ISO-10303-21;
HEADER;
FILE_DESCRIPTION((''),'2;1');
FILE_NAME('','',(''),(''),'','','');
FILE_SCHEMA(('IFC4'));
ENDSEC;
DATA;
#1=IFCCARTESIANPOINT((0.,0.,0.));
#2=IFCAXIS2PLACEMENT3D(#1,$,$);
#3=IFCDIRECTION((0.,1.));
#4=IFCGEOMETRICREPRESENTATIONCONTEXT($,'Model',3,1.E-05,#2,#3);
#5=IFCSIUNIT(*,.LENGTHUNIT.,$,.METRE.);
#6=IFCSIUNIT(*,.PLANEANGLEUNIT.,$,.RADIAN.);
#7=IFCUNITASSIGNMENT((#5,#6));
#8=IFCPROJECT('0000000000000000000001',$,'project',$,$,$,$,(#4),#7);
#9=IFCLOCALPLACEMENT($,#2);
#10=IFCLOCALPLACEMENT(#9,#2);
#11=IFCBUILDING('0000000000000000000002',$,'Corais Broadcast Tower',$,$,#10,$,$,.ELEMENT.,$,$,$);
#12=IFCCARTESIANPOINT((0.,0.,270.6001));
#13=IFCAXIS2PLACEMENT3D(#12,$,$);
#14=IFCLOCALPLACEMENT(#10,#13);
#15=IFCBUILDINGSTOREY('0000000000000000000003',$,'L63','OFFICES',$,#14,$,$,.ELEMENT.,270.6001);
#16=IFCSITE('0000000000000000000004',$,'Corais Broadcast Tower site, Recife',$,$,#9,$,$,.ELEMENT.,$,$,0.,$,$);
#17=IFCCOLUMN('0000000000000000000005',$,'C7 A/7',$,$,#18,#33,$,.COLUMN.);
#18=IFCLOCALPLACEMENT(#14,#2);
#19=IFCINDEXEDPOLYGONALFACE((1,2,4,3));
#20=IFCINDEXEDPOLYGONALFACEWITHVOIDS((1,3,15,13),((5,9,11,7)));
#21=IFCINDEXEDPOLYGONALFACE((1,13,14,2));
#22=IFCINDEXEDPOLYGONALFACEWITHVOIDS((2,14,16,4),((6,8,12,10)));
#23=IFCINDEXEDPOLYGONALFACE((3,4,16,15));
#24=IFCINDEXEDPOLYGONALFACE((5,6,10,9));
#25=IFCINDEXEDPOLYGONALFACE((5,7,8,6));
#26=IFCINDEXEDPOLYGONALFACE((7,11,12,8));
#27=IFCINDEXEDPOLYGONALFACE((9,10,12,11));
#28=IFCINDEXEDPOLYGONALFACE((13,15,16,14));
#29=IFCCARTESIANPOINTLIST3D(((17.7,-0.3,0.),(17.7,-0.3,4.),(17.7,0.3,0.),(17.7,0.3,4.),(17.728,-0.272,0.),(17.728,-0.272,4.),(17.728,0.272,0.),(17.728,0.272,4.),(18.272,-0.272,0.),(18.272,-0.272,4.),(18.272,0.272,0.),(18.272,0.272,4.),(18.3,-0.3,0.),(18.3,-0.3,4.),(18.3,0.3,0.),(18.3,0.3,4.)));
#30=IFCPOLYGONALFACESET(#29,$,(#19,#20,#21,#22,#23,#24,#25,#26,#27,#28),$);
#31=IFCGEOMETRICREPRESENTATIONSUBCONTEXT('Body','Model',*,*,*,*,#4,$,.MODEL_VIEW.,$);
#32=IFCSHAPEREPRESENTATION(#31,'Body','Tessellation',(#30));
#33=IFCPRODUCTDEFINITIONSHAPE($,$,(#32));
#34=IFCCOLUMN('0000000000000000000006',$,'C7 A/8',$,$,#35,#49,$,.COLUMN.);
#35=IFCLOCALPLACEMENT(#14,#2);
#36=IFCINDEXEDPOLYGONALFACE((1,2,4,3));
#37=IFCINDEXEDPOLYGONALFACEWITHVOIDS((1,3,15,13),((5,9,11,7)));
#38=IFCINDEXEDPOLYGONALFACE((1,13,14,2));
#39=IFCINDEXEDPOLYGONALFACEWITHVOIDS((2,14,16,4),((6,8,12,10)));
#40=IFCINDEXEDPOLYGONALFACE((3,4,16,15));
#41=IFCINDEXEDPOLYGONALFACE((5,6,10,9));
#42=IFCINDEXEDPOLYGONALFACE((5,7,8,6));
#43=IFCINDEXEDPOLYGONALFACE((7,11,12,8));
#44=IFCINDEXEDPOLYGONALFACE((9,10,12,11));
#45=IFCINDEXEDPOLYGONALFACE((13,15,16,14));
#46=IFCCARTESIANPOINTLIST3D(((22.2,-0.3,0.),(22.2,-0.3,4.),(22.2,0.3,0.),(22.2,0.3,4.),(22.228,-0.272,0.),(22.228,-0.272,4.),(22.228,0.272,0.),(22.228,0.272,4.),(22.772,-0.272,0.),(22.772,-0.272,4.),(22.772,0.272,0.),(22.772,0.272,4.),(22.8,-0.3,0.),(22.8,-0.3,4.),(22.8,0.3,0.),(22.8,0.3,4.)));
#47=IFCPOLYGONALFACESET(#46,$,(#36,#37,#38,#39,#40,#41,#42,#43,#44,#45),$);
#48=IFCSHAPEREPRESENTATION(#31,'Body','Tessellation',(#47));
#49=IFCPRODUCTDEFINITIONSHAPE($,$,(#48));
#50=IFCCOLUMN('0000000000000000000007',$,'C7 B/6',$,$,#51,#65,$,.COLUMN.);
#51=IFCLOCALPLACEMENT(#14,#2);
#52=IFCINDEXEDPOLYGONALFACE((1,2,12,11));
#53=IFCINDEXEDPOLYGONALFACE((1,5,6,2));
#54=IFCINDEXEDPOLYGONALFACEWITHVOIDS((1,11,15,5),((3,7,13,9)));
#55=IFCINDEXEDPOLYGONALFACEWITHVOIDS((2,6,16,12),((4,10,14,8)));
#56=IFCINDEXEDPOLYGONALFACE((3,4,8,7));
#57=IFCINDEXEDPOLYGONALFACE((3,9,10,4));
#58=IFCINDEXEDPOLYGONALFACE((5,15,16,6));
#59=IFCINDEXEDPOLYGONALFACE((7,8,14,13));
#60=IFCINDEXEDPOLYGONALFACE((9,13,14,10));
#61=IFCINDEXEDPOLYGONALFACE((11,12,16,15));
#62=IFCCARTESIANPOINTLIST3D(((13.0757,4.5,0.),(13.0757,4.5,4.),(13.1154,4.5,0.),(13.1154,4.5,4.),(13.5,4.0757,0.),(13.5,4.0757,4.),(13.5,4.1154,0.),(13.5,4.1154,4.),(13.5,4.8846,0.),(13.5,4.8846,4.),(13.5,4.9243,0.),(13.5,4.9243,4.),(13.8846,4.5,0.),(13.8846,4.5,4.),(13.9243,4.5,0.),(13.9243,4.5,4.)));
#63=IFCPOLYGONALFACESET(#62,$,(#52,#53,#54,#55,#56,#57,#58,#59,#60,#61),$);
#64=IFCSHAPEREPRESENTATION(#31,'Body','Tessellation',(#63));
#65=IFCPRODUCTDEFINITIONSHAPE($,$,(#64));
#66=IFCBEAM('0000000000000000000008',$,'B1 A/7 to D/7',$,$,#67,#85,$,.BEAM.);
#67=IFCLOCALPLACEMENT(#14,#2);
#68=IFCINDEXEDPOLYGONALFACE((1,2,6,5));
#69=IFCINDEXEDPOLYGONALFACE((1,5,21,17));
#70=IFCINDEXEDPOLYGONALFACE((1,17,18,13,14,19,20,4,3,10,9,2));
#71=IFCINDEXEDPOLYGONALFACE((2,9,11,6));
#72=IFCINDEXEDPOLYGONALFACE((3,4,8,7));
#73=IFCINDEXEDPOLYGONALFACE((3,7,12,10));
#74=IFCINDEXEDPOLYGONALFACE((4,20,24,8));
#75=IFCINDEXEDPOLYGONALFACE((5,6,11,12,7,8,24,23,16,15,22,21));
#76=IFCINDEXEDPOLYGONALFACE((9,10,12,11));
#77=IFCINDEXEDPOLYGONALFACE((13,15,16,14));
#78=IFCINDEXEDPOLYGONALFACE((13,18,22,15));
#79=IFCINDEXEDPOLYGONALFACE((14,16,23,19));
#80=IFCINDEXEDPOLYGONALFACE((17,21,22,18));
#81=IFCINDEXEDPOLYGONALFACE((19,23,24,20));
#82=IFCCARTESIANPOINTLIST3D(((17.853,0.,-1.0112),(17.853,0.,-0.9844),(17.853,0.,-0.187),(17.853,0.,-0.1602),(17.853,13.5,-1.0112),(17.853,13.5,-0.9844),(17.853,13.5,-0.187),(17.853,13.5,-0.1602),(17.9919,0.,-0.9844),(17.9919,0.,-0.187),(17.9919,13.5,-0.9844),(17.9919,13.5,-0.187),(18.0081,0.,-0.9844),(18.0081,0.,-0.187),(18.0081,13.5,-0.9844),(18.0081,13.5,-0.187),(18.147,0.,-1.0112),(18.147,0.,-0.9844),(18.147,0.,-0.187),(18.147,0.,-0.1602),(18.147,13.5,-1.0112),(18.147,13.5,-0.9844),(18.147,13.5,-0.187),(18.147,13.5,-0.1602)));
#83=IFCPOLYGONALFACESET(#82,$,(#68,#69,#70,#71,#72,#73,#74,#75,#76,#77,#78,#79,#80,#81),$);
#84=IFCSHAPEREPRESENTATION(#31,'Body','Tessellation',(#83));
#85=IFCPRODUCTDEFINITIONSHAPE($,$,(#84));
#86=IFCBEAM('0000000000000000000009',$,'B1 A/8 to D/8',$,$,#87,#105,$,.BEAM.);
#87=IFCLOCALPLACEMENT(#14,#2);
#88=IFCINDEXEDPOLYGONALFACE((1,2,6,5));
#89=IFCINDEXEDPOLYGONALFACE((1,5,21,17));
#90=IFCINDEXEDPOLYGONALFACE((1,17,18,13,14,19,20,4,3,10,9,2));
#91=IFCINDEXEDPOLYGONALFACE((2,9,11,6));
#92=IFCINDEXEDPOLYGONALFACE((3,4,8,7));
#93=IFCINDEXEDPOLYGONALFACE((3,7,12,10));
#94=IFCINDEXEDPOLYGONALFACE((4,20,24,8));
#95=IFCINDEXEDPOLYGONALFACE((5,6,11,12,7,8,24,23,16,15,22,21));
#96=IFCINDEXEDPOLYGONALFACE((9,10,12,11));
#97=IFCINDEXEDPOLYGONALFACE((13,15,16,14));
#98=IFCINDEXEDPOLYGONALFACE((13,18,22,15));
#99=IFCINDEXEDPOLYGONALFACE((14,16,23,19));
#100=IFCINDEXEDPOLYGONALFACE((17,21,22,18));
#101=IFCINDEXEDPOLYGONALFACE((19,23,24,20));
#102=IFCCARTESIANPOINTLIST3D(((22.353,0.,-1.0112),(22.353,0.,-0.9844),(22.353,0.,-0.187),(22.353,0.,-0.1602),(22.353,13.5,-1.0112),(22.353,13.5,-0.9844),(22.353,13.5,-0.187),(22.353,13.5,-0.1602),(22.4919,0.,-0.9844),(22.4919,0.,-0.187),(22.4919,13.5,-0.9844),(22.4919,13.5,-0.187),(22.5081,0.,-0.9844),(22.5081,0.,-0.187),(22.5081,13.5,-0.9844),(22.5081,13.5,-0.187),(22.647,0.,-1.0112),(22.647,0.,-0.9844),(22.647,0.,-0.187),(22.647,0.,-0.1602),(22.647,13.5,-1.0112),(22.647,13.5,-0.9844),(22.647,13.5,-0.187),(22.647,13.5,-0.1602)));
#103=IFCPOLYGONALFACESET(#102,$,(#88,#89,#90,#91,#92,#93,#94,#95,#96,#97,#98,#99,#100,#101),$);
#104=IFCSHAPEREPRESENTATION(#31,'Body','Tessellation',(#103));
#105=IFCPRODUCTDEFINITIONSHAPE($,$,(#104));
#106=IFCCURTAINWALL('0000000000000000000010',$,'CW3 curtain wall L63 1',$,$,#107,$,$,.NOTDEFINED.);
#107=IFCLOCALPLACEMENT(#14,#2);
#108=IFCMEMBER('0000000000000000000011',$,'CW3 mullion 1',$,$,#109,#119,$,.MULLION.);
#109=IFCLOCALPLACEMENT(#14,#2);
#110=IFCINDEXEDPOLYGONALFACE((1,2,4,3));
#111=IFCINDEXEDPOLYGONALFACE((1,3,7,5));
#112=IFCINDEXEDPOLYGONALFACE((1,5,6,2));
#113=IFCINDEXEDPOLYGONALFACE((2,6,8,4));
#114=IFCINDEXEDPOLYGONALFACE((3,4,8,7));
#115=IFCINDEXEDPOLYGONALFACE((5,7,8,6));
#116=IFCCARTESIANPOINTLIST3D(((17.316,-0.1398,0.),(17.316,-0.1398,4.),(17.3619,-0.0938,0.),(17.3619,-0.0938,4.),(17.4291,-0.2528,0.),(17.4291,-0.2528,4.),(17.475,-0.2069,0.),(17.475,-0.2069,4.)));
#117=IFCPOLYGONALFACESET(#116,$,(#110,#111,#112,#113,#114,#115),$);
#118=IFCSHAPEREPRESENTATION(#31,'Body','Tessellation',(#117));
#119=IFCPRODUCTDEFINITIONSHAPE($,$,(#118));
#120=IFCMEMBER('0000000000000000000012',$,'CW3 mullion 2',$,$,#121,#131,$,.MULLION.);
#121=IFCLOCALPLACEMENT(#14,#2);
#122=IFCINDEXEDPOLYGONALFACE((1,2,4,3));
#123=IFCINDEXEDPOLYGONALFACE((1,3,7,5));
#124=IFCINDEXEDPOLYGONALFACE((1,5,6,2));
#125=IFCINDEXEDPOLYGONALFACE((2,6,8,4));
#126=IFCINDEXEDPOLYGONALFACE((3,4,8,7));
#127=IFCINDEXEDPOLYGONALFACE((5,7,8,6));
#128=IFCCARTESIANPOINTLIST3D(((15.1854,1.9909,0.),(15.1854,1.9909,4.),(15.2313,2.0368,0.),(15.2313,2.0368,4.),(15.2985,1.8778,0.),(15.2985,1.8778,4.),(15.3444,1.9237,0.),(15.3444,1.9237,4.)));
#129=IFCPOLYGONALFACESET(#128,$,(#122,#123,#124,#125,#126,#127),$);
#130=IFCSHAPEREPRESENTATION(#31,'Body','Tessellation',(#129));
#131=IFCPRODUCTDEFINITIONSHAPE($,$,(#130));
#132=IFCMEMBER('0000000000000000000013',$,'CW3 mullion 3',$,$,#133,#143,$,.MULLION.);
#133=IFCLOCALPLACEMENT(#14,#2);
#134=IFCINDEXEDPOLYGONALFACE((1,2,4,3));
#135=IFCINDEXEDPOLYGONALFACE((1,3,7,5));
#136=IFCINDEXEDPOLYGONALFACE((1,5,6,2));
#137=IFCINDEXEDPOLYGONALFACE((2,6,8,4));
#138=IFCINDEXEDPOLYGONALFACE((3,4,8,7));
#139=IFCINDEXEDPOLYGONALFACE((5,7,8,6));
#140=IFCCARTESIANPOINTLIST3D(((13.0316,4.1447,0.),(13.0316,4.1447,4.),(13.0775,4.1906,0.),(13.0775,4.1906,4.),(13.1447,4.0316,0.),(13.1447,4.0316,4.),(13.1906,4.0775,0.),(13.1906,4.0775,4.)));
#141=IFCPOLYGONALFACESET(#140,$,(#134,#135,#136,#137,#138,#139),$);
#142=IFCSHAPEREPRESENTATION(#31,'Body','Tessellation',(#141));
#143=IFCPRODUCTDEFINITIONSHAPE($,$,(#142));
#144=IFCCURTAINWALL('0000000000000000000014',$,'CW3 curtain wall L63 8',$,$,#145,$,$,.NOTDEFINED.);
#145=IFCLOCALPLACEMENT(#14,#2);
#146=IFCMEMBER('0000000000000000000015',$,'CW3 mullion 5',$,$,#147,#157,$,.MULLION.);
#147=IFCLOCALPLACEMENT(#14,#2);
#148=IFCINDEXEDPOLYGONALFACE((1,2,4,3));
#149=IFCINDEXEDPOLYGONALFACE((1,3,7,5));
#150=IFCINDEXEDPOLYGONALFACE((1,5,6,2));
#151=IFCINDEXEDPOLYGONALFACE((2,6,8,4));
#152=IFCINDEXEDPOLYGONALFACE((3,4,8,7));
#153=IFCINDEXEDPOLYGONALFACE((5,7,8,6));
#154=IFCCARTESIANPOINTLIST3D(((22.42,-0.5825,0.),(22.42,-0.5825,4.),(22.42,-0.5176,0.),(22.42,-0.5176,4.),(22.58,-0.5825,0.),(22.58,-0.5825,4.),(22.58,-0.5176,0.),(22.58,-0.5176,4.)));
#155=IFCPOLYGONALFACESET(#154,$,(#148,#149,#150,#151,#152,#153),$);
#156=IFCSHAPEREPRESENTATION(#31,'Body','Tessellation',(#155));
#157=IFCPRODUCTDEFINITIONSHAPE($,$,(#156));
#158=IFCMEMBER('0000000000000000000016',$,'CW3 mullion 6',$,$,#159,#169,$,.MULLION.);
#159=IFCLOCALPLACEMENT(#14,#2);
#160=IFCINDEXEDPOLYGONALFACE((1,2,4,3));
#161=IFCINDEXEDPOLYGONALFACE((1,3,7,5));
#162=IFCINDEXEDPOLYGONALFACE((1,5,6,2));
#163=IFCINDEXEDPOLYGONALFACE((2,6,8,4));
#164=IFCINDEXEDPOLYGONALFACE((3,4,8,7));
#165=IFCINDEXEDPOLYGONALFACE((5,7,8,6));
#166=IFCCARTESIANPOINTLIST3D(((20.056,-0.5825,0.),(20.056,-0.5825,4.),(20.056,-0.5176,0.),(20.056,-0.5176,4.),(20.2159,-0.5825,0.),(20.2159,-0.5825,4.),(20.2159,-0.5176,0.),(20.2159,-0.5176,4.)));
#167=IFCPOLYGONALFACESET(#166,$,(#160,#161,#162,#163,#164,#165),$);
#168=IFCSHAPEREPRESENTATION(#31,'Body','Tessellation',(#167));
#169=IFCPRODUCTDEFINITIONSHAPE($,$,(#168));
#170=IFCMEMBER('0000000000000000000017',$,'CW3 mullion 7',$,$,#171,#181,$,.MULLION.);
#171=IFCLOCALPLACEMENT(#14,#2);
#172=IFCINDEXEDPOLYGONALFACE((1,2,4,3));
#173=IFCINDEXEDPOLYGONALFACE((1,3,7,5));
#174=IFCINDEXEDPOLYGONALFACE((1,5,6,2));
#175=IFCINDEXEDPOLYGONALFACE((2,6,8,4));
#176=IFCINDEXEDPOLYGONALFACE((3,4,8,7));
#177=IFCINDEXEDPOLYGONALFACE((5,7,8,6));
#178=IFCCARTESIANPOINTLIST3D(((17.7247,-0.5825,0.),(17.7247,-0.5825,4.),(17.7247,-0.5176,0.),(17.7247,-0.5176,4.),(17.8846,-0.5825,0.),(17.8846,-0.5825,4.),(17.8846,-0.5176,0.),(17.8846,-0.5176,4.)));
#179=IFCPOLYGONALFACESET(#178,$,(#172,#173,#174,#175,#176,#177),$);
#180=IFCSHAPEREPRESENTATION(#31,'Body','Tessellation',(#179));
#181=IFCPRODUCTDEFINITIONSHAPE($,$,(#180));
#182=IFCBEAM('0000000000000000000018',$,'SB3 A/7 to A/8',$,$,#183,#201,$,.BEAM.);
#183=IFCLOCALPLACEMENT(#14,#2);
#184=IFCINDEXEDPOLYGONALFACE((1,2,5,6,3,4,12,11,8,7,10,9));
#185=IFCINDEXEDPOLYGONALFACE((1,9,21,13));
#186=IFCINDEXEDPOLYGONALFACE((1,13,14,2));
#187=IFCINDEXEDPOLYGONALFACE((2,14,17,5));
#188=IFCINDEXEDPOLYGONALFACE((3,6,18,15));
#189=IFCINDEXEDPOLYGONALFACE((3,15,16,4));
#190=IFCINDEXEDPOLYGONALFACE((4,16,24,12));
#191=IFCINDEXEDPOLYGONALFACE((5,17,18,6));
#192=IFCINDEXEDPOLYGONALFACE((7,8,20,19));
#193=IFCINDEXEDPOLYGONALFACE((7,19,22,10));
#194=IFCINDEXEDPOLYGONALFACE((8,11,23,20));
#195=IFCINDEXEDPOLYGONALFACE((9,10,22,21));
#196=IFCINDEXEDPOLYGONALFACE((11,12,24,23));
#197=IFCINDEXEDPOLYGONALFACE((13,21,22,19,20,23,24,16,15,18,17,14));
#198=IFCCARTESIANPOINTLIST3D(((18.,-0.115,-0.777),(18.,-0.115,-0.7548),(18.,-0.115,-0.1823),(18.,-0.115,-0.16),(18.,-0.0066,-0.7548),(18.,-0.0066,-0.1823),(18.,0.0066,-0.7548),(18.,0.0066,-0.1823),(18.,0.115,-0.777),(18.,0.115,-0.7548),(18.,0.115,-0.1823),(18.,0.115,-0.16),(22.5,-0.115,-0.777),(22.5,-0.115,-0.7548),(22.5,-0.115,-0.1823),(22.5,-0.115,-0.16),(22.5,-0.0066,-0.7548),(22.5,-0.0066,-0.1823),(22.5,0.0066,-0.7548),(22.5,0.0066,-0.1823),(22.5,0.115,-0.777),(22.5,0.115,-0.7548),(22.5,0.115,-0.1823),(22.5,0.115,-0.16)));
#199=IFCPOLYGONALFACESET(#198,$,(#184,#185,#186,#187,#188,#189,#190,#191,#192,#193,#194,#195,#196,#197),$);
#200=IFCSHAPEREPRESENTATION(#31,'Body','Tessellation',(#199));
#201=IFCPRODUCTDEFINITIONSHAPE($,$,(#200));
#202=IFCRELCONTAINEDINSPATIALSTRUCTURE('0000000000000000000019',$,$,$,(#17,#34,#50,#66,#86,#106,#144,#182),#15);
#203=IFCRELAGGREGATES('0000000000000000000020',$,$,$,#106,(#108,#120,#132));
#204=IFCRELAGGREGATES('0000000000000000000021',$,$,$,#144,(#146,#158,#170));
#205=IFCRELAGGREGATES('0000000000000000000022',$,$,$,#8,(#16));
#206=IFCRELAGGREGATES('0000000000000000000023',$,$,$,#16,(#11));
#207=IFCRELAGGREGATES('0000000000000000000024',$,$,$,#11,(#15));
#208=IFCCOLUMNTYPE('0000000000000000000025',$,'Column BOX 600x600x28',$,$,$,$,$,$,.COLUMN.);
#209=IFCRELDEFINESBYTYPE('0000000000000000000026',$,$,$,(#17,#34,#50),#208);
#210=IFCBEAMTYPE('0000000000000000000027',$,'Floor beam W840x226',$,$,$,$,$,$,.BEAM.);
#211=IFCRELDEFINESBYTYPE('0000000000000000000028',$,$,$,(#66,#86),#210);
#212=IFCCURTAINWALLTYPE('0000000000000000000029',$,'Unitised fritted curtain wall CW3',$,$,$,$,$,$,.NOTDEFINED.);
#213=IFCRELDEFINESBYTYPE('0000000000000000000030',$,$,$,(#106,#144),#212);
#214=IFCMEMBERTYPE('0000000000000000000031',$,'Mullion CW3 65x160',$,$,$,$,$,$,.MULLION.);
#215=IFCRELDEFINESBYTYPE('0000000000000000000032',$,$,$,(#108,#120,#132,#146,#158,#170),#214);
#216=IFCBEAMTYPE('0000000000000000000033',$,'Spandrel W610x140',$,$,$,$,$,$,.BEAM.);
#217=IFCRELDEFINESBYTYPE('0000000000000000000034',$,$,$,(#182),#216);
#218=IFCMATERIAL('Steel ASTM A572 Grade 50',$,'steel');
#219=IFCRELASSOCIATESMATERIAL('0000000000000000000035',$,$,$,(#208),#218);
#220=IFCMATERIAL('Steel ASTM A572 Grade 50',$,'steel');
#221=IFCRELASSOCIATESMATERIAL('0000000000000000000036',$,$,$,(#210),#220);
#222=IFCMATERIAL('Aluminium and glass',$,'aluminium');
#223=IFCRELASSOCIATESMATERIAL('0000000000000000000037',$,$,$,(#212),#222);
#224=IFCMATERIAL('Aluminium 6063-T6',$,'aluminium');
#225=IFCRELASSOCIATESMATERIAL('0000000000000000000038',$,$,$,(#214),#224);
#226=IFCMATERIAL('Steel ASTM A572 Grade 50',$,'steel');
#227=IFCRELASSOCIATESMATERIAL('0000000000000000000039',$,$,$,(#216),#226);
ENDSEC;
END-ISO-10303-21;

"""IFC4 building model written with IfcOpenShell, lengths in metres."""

from ifc_helpers import new_model, si_unit, direction, frame, origin, origin_2d, place, context, subcontext, project, spatial, rectangle, hollow_rectangle, i_section, extrude, material, material_profile, profile_set, type_object, element, aggregate, save


model = new_model("IFC4")

# Units and contexts
model_context = context("Model", 3, precision=1e-05, world=origin(), true_north=direction((0.0, 1.0)))
body_context = subcontext(model_context, "Body", "Model", "MODEL_VIEW")
ifc_project = project(units=[si_unit("LENGTHUNIT", "METRE"), si_unit("PLANEANGLEUNIT", "RADIAN")], contexts=[model_context])

# Site, building, storey
site_placement = place(None, origin())
site = spatial("IfcSite", under=ifc_project, at=site_placement, Name="Corais Broadcast Tower site, Recife", CompositionType="ELEMENT", RefElevation=0.0)
building_placement = place(site_placement, origin())
building = spatial("IfcBuilding", under=site, at=building_placement, Name="Corais Broadcast Tower", CompositionType="ELEMENT")
storey_placement = place(building_placement, frame((0.0, 0.0, 270.6001)))
storey = spatial("IfcBuildingStorey", under=building, at=storey_placement, Name="L63", Description="OFFICES", CompositionType="ELEMENT", Elevation=270.6001)

# Columns
ifc_material_1 = material(Name="Steel ASTM A572 Grade 50", Category="steel")
ifc_material_profile_1 = material_profile(ifc_material_1, hollow_rectangle(XDim=0.6001, YDim=0.6001, WallThickness=0.0281, at=origin_2d()), Name="BOX 600x600x28")
ifc_profile_set_1 = profile_set([ifc_material_profile_1], Name="Steel ASTM A572 Grade 50")
column_type = type_object("IfcColumnType", Name="Column BOX 600x600x28", PredefinedType="COLUMN", material=ifc_profile_set_1)
for number, where, z_axis, x_axis, name in (
    (1, (18.0, 0.0, 0.0), (0.0, 0.0, 1.0), (1.0, 0.0, 0.0), "C7 A/7"),
    (2, (22.5, 0.0, 0.0), (0.0, 0.0, 1.0), (1.0, 0.0, 0.0), "C7 A/8"),
    (3, (13.5, 4.5, 0.0), (0.0, 0.0, 1.0), (0.707107, 0.707107, 0.0), "C7 B/6"),
):
    element("IfcColumn", number, at=place(storey_placement, frame(where, z_axis=z_axis, x_axis=x_axis)), inside=storey, type_object=column_type, Name=name, PredefinedType="COLUMN", context=body_context, shape_type="SweptSolid", body=[
        extrude(hollow_rectangle(XDim=0.6001, YDim=0.6001, WallThickness=0.0281, at=origin_2d()), origin(), (0.0, 0.0, 1.0), 4.0),
    ])

# Beams
ifc_material_2 = material(Name="Steel ASTM A572 Grade 50", Category="steel")
ifc_material_profile_2 = material_profile(ifc_material_2, i_section(OverallWidth=0.2939, OverallDepth=0.8511, WebThickness=0.0161, FlangeThickness=0.0269, at=origin_2d()), Name="W840x226")
ifc_profile_set_2 = profile_set([ifc_material_profile_2], Name="Steel ASTM A572 Grade 50")
beam_type_1 = type_object("IfcBeamType", Name="Floor beam W840x226", PredefinedType="BEAM", material=ifc_profile_set_2)
for number, where, z_axis, x_axis, name in (
    (4, (18.0, 0.0, -0.5857), (0.0, 1.0, 0.0), (-1.0, 0.0, 0.0), "B1 A/7 to D/7"),
    (5, (22.5, 0.0, -0.5857), (0.0, 1.0, 0.0), (-1.0, 0.0, 0.0), "B1 A/8 to D/8"),
):
    element("IfcBeam", number, at=place(storey_placement, frame(where, z_axis=z_axis, x_axis=x_axis)), inside=storey, type_object=beam_type_1, Name=name, PredefinedType="BEAM", context=body_context, shape_type="SweptSolid", body=[
        extrude(i_section(OverallWidth=0.2939, OverallDepth=0.8511, WebThickness=0.0161, FlangeThickness=0.0269, at=origin_2d()), origin(), (0.0, 0.0, 1.0), 13.5),
    ])

# Curtain walls, members
ifc_material_3 = material(Name="Aluminium and glass", Category="aluminium")
curtain_wall_type = type_object("IfcCurtainWallType", Name="Unitised fritted curtain wall CW3", PredefinedType="NOTDEFINED", material=ifc_material_3)
curtain_wall_1_placement = place(storey_placement, origin())
curtain_wall_1 = element("IfcCurtainWall", 6, at=curtain_wall_1_placement, inside=storey, type_object=curtain_wall_type, Name="CW3 curtain wall L63 1", PredefinedType="NOTDEFINED")
ifc_material_4 = material(Name="Aluminium 6063-T6", Category="aluminium")
ifc_material_profile_3 = material_profile(ifc_material_4, rectangle(XDim=0.0649, YDim=0.1599, at=origin_2d()), Name="Mullion CW3 65x160")
ifc_profile_set_3 = profile_set([ifc_material_profile_3], Name="Aluminium 6063-T6")
member_type_1 = type_object("IfcMemberType", Name="Mullion CW3 65x160", PredefinedType="MULLION", material=ifc_profile_set_3)
member_1_placement = place(storey_placement, frame((17.3955, -0.1733, 0.0), z_axis=(0.0, 0.0, 1.0), x_axis=(-0.707107, -0.707107, 0.0)))
member_1 = element("IfcMember", 7, at=member_1_placement, type_object=member_type_1, Name="CW3 mullion 1", PredefinedType="MULLION", context=body_context, shape_type="SweptSolid", body=[
    extrude(rectangle(XDim=0.0649, YDim=0.1599, at=origin_2d()), origin(), (0.0, 0.0, 1.0), 4.0),
])
member_2_placement = place(storey_placement, frame((15.2649, 1.9573, 0.0), z_axis=(0.0, 0.0, 1.0), x_axis=(-0.707107, -0.707107, 0.0)))
member_2 = element("IfcMember", 8, at=member_2_placement, type_object=member_type_1, Name="CW3 mullion 2", PredefinedType="MULLION", context=body_context, shape_type="SweptSolid", body=[
    extrude(rectangle(XDim=0.0649, YDim=0.1599, at=origin_2d()), origin(), (0.0, 0.0, 1.0), 4.0),
])
member_3_placement = place(storey_placement, frame((13.1111, 4.1111, 0.0), z_axis=(0.0, 0.0, 1.0), x_axis=(-0.707107, -0.707107, 0.0)))
member_3 = element("IfcMember", 9, at=member_3_placement, type_object=member_type_1, Name="CW3 mullion 3", PredefinedType="MULLION", context=body_context, shape_type="SweptSolid", body=[
    extrude(rectangle(XDim=0.0649, YDim=0.1599, at=origin_2d()), origin(), (0.0, 0.0, 1.0), 4.0),
])
curtain_wall_2_placement = place(storey_placement, origin())
curtain_wall_2 = element("IfcCurtainWall", 10, at=curtain_wall_2_placement, inside=storey, type_object=curtain_wall_type, Name="CW3 curtain wall L63 8", PredefinedType="NOTDEFINED")
member_4_placement = place(storey_placement, frame((22.5, -0.55, 0.0), z_axis=(0.0, 0.0, 1.0), x_axis=(0.0, -1.0, 0.0)))
member_4 = element("IfcMember", 11, at=member_4_placement, type_object=member_type_1, Name="CW3 mullion 5", PredefinedType="MULLION", context=body_context, shape_type="SweptSolid", body=[
    extrude(rectangle(XDim=0.0649, YDim=0.1599, at=origin_2d()), origin(), (0.0, 0.0, 1.0), 4.0),
])
member_5_placement = place(storey_placement, frame((20.136, -0.55, 0.0), z_axis=(0.0, 0.0, 1.0), x_axis=(0.0, -1.0, 0.0)))
member_5 = element("IfcMember", 12, at=member_5_placement, type_object=member_type_1, Name="CW3 mullion 6", PredefinedType="MULLION", context=body_context, shape_type="SweptSolid", body=[
    extrude(rectangle(XDim=0.0649, YDim=0.1599, at=origin_2d()), origin(), (0.0, 0.0, 1.0), 4.0),
])
member_6_placement = place(storey_placement, frame((17.8047, -0.55, 0.0), z_axis=(0.0, 0.0, 1.0), x_axis=(0.0, -1.0, 0.0)))
member_6 = element("IfcMember", 13, at=member_6_placement, type_object=member_type_1, Name="CW3 mullion 7", PredefinedType="MULLION", context=body_context, shape_type="SweptSolid", body=[
    extrude(rectangle(XDim=0.0649, YDim=0.1599, at=origin_2d()), origin(), (0.0, 0.0, 1.0), 4.0),
])

# Beam
ifc_material_5 = material(Name="Steel ASTM A572 Grade 50", Category="steel")
ifc_material_profile_4 = material_profile(ifc_material_5, i_section(OverallWidth=0.23, OverallDepth=0.6169, WebThickness=0.0132, FlangeThickness=0.0222, at=origin_2d()), Name="W610x140")
ifc_profile_set_4 = profile_set([ifc_material_profile_4], Name="Steel ASTM A572 Grade 50")
beam_type_2 = type_object("IfcBeamType", Name="Spandrel W610x140", PredefinedType="BEAM", material=ifc_profile_set_4)
for number, where, z_axis, x_axis, name in (
    (14, (18.0, 0.0, -0.4685), (1.0, 0.0, 0.0), (0.0, 1.0, 0.0), "SB3 A/7 to A/8"),
):
    element("IfcBeam", number, at=place(storey_placement, frame(where, z_axis=z_axis, x_axis=x_axis)), inside=storey, type_object=beam_type_2, Name=name, PredefinedType="BEAM", context=body_context, shape_type="SweptSolid", body=[
        extrude(i_section(OverallWidth=0.23, OverallDepth=0.6169, WebThickness=0.0132, FlangeThickness=0.0222, at=origin_2d()), origin(), (0.0, 0.0, 1.0), 4.5),
    ])

aggregate(curtain_wall_1, [member_1, member_2, member_3])
aggregate(curtain_wall_2, [member_4, member_5, member_6])

save(model, "model.ifc")
